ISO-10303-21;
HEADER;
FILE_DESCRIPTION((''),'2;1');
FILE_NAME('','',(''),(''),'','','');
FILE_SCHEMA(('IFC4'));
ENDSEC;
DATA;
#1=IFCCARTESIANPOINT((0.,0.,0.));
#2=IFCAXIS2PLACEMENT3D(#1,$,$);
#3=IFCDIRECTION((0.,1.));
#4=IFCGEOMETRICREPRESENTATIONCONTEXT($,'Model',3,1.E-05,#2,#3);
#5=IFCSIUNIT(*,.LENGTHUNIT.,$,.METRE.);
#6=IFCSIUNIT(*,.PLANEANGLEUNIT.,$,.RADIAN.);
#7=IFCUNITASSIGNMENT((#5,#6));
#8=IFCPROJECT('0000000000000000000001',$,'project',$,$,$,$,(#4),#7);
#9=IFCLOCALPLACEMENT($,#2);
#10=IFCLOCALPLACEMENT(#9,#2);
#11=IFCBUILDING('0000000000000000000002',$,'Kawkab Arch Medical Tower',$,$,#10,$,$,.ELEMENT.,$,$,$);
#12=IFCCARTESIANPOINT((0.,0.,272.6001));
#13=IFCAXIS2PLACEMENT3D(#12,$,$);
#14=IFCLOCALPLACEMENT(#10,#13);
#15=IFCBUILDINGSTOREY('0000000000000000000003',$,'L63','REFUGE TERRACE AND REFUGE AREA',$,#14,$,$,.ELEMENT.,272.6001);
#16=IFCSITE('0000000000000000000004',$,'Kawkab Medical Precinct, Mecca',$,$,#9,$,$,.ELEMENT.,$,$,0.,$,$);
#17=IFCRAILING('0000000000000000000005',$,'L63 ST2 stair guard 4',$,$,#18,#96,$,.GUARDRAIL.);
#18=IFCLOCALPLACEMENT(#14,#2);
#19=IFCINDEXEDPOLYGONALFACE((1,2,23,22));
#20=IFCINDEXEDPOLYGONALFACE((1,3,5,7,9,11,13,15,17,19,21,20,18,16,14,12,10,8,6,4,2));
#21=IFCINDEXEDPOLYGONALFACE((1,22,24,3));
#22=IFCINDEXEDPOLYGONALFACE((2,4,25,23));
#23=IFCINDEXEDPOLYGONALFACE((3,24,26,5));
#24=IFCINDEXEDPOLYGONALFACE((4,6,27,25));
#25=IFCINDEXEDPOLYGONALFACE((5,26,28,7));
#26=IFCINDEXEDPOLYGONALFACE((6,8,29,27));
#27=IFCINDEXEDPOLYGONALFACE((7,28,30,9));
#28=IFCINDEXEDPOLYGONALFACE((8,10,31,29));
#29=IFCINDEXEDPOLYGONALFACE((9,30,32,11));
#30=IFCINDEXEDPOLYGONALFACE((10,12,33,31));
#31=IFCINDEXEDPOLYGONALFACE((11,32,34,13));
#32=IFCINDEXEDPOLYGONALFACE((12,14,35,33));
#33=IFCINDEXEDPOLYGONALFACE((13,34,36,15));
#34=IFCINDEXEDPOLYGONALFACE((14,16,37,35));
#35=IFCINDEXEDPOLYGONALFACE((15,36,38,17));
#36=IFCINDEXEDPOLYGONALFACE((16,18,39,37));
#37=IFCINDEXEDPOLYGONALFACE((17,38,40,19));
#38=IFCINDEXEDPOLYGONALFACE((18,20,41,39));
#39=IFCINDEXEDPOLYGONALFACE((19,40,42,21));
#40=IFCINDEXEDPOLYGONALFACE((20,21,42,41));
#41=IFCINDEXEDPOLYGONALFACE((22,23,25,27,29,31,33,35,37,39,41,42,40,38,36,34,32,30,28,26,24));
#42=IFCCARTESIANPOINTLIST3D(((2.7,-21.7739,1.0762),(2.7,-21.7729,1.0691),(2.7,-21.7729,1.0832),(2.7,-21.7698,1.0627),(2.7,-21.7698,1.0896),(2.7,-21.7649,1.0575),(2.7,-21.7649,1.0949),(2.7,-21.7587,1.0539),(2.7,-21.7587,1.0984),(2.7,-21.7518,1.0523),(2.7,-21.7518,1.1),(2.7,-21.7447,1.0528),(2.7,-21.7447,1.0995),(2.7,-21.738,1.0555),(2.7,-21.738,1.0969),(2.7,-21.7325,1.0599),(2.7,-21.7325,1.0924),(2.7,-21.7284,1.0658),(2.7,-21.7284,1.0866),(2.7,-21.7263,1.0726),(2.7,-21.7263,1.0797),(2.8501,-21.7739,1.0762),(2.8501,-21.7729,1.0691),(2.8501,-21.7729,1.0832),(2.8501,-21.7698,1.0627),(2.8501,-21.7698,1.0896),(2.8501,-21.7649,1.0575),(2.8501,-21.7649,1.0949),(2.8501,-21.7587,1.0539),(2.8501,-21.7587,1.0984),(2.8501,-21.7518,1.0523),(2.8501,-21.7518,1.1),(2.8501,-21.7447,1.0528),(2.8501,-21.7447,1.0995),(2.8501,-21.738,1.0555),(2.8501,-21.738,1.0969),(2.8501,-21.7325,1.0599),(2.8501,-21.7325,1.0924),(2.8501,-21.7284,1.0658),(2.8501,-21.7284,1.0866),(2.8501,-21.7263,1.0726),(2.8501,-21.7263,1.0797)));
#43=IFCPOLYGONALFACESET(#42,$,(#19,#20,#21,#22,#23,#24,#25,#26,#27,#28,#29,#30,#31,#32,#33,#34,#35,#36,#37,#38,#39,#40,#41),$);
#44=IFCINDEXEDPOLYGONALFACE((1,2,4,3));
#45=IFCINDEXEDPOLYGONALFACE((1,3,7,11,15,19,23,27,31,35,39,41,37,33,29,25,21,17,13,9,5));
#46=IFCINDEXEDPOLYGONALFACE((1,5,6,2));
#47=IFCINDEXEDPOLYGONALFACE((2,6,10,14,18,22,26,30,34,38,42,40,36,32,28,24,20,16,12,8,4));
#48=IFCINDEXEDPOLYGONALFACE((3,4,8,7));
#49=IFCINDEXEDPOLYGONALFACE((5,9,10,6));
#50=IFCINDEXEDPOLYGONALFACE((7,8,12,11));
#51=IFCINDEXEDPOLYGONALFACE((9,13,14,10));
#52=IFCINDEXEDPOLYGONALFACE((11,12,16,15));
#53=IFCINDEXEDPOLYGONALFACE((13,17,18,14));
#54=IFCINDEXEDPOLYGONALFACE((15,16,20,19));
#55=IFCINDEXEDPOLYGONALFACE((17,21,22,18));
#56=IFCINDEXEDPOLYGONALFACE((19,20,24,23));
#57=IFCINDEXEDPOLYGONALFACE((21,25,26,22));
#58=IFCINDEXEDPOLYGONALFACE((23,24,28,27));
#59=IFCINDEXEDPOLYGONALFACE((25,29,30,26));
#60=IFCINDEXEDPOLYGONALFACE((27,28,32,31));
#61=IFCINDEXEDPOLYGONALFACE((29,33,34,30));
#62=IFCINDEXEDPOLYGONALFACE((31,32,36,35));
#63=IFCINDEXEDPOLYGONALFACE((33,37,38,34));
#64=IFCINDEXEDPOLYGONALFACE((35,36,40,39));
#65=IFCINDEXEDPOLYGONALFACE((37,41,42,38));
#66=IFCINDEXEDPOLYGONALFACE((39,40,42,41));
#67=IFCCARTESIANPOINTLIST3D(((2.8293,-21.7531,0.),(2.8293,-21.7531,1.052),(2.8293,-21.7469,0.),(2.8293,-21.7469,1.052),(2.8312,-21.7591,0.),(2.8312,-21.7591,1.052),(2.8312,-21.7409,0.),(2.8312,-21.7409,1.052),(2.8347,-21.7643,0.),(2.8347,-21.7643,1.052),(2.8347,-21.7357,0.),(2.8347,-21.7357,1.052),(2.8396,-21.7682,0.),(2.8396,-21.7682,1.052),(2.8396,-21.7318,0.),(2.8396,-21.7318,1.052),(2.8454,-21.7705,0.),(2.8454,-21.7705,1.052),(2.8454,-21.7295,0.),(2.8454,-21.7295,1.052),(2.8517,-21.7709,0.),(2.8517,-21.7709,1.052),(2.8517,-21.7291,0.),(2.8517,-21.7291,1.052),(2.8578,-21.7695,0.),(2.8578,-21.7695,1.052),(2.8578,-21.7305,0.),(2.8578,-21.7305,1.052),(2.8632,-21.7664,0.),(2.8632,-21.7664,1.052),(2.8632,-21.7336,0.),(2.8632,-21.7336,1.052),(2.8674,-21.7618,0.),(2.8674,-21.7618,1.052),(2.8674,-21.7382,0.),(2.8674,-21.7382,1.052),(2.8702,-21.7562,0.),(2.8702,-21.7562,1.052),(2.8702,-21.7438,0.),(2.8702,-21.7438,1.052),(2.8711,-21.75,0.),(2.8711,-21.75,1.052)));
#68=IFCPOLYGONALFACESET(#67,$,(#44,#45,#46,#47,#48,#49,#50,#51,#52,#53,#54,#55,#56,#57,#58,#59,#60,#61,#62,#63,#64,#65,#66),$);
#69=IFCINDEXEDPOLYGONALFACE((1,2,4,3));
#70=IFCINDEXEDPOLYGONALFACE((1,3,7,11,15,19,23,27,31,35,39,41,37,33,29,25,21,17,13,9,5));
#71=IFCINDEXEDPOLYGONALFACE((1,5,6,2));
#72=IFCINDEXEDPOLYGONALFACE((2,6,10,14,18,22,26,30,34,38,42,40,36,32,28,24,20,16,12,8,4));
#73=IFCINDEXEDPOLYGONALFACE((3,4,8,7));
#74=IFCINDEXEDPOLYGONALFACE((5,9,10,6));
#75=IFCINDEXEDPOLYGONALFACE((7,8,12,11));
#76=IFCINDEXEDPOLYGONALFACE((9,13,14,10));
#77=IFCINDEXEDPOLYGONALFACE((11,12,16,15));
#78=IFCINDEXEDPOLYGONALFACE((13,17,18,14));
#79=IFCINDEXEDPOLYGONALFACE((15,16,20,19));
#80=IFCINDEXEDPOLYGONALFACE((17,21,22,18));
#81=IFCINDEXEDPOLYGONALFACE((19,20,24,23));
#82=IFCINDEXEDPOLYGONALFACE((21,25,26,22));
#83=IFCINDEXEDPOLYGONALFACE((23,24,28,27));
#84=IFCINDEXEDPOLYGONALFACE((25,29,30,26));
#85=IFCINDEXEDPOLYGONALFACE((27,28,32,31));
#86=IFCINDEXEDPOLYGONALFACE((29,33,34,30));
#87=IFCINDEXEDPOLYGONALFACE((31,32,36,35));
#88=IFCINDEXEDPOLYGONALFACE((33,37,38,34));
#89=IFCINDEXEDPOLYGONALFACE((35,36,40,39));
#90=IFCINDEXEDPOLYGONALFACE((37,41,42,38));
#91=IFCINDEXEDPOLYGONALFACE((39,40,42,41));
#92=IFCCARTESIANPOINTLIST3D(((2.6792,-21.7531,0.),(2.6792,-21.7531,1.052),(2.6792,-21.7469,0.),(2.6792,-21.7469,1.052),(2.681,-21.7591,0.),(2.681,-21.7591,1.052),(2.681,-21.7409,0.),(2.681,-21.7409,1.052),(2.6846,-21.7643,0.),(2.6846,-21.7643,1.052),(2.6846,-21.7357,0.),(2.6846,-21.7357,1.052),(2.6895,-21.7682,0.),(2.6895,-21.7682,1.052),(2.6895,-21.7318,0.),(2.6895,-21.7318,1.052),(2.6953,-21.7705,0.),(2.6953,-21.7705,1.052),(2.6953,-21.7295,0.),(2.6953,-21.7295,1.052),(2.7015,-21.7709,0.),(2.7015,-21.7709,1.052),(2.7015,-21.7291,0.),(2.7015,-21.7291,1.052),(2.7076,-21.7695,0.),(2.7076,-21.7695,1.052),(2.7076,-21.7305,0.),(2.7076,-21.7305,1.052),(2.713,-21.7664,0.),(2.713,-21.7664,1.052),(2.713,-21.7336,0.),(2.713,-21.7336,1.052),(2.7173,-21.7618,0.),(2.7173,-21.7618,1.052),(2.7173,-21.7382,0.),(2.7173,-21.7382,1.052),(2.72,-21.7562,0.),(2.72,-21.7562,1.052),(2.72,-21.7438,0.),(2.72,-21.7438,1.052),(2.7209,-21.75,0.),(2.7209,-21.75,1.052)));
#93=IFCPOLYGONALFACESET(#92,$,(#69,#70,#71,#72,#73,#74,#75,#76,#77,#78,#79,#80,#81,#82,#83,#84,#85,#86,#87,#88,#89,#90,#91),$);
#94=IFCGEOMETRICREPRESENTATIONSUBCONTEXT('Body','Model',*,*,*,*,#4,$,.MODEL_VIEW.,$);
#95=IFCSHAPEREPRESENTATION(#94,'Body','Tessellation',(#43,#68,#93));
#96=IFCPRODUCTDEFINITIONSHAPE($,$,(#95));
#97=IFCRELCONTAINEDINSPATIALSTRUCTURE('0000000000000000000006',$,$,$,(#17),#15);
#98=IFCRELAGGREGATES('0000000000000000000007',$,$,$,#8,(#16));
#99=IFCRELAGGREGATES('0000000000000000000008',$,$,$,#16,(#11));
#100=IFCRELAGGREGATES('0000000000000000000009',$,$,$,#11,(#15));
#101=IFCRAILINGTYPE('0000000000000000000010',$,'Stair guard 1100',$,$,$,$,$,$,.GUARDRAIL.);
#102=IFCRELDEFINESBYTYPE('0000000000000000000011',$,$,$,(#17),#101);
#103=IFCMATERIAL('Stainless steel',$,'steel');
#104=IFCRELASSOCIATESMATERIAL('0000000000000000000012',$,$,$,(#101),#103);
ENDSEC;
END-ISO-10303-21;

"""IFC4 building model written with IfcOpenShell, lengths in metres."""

from ifc_helpers import new_model, si_unit, direction, frame, origin, origin_2d, place, context, subcontext, project, spatial, circle, extrude, material, type_object, element, save


model = new_model("IFC4")

# Units and contexts
model_context = context("Model", 3, precision=1e-05, world=origin(), true_north=direction((0.0, 1.0)))
body_context = subcontext(model_context, "Body", "Model", "MODEL_VIEW")
ifc_project = project(units=[si_unit("LENGTHUNIT", "METRE"), si_unit("PLANEANGLEUNIT", "RADIAN")], contexts=[model_context])

# Site, building, storey
site_placement = place(None, origin())
site = spatial("IfcSite", under=ifc_project, at=site_placement, Name="Kawkab Medical Precinct, Mecca", CompositionType="ELEMENT", RefElevation=0.0)
building_placement = place(site_placement, origin())
building = spatial("IfcBuilding", under=site, at=building_placement, Name="Kawkab Arch Medical Tower", CompositionType="ELEMENT")
storey_placement = place(building_placement, frame((0.0, 0.0, 272.6001)))
storey = spatial("IfcBuildingStorey", under=building, at=storey_placement, Name="L63", Description="REFUGE TERRACE AND REFUGE AREA", CompositionType="ELEMENT", Elevation=272.6001)

# Railing
ifc_material_1 = material(Name="Stainless steel", Category="steel")
railing_type = type_object("IfcRailingType", Name="Stair guard 1100", PredefinedType="GUARDRAIL", material=ifc_material_1)
railing_1_placement = place(storey_placement, frame((2.8501, -21.75, 0.0)))
element("IfcRailing", 1, at=railing_1_placement, inside=storey, type_object=railing_type, Name="L63 ST2 stair guard 4", PredefinedType="GUARDRAIL", context=body_context, shape_type="SweptSolid", body=[
    extrude(circle(Radius=0.0239, at=origin_2d()), frame((0.0, 0.0, 1.0762), z_axis=(-1.0, 0.0, 0.0), x_axis=(0.0, -1.0, 0.0)), (0.0, 0.0, 1.0), 0.1501),
    extrude(circle(Radius=0.021, at=origin_2d()), origin(), (0.0, 0.0, 1.0), 1.052),
    extrude(circle(Radius=0.021, at=origin_2d()), frame((-0.1501, 0.0, 0.0)), (0.0, 0.0, 1.0), 1.052),
])

save(model, "model.ifc")
